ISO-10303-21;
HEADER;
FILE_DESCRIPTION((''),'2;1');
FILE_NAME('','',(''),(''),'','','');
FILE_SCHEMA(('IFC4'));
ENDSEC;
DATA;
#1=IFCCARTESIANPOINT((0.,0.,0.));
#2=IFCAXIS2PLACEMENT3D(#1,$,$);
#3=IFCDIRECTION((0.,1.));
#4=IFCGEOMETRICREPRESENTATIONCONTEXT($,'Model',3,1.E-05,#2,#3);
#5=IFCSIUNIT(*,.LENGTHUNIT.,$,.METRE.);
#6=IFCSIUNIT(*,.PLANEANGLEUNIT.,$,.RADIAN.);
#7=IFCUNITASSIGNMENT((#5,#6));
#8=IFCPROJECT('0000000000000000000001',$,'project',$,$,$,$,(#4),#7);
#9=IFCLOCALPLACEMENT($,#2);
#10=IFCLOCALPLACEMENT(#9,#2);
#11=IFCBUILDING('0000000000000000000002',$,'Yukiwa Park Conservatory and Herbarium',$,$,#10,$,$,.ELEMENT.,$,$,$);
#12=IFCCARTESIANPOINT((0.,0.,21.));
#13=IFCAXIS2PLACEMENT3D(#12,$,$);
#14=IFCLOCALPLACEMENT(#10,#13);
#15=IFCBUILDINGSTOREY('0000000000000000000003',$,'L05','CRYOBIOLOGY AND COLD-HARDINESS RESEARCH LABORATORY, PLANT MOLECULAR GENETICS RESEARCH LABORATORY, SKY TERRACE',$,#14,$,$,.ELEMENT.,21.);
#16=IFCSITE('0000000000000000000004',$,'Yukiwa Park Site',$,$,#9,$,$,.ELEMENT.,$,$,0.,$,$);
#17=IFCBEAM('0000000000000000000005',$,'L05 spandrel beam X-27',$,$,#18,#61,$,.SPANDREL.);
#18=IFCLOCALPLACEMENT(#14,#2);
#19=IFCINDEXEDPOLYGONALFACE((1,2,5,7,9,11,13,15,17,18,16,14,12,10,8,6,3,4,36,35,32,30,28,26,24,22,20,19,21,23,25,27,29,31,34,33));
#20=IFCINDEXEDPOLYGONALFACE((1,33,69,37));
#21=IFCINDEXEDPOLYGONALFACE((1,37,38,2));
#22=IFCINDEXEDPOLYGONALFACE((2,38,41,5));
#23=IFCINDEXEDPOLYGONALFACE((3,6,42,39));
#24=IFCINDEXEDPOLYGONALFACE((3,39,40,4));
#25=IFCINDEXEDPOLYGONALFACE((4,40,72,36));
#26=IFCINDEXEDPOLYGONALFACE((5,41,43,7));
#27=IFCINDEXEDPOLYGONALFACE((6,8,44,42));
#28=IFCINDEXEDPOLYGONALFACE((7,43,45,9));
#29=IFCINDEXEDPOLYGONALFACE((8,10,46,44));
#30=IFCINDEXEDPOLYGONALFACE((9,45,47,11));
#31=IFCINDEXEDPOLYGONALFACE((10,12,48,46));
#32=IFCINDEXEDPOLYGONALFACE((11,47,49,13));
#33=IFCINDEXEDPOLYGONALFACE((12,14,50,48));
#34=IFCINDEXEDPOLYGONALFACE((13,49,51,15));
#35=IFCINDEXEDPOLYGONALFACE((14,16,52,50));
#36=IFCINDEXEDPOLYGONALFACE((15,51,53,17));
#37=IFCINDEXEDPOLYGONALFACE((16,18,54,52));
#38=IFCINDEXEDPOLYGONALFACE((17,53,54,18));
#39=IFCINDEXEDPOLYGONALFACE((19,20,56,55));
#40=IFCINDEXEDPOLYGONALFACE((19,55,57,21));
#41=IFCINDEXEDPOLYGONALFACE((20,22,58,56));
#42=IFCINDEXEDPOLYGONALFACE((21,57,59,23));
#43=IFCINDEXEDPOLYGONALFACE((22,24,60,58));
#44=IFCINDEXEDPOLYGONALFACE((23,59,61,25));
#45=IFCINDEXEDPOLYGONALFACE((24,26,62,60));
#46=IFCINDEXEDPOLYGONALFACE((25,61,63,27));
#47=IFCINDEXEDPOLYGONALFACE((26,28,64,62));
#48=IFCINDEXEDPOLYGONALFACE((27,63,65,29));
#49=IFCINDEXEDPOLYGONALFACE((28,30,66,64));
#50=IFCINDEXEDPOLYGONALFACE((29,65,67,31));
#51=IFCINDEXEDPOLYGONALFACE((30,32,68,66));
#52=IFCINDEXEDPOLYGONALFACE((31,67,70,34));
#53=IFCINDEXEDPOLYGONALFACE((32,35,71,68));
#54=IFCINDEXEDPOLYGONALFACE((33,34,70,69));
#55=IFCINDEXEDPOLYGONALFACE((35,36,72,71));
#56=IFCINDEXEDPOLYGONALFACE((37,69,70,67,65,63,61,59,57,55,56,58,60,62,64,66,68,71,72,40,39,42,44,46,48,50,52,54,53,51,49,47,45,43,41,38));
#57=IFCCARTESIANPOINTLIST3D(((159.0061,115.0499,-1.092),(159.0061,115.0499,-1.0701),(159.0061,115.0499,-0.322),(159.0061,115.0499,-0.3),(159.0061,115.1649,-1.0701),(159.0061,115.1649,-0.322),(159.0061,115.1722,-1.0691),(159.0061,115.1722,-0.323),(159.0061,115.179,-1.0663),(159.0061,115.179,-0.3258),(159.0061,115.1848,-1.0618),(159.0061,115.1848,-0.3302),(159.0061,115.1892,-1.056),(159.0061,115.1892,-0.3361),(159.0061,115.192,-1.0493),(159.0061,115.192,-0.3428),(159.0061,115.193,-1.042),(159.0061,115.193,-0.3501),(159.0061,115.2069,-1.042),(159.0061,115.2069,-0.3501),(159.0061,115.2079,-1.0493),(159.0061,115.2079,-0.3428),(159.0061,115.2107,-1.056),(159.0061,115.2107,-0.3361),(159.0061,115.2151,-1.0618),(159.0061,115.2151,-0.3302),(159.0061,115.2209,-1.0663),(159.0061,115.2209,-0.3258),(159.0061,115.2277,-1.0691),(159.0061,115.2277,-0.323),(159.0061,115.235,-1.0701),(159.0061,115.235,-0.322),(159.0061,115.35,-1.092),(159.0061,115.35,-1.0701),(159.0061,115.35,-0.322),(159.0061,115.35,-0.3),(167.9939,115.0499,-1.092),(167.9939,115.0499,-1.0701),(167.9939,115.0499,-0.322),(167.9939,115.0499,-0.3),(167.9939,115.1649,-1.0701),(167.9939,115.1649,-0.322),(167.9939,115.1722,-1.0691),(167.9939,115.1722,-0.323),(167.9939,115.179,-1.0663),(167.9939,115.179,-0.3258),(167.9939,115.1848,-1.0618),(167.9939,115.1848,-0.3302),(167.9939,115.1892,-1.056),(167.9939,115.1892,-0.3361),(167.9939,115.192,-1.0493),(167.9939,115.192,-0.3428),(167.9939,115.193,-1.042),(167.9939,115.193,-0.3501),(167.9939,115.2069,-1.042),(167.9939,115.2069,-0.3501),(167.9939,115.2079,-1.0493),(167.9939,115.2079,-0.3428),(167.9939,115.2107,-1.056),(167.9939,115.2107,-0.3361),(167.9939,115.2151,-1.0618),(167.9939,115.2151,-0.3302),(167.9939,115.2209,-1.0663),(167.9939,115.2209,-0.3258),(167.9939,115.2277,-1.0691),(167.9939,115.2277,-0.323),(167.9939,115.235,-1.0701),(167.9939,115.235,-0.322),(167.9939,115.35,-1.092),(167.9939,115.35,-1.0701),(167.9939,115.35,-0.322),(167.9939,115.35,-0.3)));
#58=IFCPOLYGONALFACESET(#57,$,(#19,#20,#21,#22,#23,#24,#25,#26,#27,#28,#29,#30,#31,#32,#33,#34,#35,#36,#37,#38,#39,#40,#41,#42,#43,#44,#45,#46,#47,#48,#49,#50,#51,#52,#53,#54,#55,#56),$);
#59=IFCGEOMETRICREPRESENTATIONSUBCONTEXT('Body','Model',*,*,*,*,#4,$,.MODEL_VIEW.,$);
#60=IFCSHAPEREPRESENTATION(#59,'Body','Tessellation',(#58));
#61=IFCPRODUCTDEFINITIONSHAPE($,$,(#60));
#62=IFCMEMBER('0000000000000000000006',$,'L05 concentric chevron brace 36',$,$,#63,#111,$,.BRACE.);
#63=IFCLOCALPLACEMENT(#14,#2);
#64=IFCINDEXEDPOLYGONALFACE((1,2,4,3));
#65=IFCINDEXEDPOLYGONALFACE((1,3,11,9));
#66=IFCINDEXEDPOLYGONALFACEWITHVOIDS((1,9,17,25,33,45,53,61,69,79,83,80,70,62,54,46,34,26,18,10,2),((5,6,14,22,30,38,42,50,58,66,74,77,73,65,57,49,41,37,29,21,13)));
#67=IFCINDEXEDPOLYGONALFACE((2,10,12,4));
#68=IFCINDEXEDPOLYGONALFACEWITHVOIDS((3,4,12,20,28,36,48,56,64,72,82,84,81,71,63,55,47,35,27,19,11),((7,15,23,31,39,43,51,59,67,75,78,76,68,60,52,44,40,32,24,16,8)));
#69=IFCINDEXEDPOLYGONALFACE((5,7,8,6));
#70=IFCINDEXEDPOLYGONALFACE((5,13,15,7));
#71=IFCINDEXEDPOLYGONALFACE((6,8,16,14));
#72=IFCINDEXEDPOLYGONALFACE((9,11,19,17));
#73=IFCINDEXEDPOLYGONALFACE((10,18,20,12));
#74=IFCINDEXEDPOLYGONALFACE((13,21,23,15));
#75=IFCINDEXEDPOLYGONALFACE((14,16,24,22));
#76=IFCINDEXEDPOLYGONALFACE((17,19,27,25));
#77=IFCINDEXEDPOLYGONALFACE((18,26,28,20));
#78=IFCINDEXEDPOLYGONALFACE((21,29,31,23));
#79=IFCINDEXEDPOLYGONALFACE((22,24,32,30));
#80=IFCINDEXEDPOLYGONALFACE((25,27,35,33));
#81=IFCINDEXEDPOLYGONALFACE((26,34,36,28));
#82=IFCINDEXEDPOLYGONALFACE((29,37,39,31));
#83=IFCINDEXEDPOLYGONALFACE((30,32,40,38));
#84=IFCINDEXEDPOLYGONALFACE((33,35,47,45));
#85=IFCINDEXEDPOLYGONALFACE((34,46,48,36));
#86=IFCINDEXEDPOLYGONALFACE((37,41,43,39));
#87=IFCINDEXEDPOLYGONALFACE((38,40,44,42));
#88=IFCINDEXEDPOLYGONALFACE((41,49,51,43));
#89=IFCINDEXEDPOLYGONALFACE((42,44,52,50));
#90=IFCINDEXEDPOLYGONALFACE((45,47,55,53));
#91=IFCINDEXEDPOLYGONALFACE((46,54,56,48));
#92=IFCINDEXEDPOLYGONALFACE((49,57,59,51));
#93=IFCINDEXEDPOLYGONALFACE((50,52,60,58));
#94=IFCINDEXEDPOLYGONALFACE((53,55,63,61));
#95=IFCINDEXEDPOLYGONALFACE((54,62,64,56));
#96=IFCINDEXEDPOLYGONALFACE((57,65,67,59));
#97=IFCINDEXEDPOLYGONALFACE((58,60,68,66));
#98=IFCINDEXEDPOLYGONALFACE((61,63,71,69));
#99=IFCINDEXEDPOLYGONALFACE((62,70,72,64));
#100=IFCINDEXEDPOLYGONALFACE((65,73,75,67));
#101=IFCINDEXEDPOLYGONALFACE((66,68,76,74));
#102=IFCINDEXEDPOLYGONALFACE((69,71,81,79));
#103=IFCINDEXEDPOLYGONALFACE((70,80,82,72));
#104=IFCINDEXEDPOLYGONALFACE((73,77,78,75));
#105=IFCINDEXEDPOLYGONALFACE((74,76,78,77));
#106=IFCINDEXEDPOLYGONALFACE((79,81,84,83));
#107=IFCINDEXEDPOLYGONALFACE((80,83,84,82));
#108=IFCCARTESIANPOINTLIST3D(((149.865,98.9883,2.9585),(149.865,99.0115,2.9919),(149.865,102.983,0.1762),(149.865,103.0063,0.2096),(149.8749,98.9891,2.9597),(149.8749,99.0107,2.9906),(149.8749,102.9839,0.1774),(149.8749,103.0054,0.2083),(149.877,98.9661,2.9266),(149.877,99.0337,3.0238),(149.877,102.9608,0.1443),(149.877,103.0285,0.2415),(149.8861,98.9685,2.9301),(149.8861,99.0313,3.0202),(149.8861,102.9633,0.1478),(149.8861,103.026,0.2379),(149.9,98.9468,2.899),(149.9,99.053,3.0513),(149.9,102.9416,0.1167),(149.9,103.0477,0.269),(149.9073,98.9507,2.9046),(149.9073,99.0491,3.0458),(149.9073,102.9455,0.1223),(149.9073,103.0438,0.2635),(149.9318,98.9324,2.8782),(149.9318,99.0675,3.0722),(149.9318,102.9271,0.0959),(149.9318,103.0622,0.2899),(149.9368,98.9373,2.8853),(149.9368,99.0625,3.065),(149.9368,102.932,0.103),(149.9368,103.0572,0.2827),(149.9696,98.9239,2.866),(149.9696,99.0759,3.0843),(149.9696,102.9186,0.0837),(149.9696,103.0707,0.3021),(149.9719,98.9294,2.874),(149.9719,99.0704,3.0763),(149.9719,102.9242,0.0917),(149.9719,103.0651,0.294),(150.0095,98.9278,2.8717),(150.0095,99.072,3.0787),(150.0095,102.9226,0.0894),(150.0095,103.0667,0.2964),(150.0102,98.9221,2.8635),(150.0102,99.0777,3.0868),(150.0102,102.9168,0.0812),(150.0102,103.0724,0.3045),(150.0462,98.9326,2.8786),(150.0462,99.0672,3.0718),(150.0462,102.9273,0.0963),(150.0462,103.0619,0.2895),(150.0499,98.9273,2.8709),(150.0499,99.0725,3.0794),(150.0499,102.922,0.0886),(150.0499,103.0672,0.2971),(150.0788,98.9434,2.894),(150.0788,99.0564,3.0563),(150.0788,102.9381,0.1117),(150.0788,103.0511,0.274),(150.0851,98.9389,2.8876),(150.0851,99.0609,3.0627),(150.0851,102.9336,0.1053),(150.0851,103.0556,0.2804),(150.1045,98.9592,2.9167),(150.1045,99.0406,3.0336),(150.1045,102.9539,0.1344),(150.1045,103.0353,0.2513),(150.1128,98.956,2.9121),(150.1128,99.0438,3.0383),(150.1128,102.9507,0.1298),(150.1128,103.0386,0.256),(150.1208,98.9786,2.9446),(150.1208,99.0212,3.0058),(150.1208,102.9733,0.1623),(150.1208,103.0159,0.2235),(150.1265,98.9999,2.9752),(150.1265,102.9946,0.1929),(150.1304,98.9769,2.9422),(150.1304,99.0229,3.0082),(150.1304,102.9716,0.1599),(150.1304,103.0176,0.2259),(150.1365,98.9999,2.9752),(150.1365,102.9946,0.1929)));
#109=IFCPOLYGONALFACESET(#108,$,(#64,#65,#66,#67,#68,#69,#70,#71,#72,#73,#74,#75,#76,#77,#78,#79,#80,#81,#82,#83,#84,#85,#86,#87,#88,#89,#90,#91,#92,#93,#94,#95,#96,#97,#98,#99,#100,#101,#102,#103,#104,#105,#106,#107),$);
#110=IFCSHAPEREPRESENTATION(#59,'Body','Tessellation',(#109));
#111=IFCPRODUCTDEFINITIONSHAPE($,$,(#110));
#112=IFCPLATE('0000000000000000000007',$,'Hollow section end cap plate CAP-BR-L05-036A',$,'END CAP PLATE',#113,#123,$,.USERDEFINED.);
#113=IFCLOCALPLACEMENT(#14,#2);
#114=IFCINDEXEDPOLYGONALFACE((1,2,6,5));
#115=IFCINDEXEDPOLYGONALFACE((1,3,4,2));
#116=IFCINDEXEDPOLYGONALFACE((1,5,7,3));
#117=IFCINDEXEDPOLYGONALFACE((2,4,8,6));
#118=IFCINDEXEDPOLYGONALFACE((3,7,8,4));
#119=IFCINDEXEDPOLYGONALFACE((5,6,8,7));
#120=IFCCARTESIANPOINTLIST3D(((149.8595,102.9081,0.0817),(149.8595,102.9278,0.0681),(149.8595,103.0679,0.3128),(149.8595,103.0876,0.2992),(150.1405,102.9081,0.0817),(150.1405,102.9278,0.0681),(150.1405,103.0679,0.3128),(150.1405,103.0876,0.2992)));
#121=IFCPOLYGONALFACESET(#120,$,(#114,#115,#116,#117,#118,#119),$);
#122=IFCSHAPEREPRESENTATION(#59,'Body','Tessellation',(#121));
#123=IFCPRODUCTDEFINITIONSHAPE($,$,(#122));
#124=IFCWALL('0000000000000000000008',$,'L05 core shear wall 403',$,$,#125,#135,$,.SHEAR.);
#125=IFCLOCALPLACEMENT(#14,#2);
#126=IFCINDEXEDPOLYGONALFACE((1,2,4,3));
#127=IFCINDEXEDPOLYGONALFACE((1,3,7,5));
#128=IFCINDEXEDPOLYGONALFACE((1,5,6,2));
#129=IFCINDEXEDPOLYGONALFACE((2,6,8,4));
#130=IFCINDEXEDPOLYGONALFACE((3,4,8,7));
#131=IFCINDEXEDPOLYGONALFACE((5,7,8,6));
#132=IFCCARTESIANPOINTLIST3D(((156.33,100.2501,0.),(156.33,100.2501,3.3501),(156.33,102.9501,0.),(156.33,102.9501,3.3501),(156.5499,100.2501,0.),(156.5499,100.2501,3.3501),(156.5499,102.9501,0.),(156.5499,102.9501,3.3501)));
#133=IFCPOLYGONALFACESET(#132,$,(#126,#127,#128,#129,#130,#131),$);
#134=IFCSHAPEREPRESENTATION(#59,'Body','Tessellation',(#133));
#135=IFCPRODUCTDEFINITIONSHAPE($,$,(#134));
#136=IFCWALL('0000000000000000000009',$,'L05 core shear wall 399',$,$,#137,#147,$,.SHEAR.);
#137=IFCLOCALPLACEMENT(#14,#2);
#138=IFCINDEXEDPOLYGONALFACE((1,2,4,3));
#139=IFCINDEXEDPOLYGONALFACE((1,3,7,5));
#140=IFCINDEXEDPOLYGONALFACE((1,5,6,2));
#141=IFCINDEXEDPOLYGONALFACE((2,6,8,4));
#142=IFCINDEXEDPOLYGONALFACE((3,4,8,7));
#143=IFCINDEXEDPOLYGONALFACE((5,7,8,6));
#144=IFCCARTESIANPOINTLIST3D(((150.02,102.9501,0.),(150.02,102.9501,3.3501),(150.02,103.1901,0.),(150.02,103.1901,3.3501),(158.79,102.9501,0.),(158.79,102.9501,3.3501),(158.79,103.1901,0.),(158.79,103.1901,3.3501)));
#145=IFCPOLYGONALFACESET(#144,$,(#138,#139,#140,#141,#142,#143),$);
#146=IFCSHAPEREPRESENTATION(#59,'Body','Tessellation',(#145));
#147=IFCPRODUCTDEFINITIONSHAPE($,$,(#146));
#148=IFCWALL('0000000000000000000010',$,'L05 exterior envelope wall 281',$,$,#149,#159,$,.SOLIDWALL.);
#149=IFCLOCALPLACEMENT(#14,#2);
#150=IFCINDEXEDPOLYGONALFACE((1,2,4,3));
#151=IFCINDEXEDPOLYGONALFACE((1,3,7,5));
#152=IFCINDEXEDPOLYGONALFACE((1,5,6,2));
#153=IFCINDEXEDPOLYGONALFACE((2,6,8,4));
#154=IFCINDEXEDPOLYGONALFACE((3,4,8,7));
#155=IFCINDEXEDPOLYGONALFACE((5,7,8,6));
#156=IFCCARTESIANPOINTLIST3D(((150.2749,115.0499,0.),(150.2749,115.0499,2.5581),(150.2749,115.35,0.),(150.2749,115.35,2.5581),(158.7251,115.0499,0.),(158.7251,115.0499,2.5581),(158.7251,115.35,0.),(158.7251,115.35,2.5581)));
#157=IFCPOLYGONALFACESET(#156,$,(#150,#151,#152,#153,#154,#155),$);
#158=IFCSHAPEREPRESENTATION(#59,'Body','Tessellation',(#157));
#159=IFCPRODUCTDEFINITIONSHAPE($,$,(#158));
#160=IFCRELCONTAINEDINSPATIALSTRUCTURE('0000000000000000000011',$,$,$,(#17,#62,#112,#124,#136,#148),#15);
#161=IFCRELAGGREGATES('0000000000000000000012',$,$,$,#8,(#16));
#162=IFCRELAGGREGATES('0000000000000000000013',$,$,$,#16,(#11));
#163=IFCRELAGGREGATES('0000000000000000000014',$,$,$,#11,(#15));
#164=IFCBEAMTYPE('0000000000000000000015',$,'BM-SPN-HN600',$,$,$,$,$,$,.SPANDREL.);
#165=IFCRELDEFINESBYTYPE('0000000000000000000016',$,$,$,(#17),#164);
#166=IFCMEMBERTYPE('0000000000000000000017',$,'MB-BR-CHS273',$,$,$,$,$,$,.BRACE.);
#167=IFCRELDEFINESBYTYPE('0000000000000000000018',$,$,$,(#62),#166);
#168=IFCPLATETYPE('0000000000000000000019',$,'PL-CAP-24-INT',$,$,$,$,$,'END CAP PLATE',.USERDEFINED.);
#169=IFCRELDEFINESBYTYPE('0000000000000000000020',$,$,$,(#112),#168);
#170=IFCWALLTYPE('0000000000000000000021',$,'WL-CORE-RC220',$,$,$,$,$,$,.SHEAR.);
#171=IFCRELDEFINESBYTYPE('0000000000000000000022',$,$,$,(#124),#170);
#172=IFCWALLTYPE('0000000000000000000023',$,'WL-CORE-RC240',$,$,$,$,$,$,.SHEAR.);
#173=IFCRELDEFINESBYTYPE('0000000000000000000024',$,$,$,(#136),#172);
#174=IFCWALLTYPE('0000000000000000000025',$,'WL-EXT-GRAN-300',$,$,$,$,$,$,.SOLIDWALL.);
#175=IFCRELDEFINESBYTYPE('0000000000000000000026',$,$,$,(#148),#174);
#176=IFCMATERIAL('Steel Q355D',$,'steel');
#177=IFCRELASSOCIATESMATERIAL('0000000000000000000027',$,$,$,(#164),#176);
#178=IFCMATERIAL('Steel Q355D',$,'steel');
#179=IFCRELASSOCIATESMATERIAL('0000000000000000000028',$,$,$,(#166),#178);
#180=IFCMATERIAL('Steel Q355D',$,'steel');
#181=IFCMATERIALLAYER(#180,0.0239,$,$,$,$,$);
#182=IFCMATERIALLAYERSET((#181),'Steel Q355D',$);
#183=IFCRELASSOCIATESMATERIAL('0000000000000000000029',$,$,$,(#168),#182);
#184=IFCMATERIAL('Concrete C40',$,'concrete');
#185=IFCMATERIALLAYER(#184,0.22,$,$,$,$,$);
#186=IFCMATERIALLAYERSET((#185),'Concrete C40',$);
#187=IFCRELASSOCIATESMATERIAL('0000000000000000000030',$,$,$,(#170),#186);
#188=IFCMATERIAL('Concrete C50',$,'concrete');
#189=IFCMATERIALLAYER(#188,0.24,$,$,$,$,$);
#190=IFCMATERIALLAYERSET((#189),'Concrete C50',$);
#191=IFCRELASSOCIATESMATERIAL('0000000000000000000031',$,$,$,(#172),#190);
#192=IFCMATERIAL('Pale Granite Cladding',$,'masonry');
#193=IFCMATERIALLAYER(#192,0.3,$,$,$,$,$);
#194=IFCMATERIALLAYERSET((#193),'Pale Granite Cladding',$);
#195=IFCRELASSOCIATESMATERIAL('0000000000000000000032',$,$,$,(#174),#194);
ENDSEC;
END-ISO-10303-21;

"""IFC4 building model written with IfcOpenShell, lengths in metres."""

from ifc_helpers import new_model, si_unit, direction, frame, frame_2d, origin, origin_2d, place, context, subcontext, project, spatial, rectangle, hollow_circle, i_section, extrude, material, layer, layer_set, material_profile, profile_set, type_object, element, save


model = new_model("IFC4")

# Units and contexts
model_context = context("Model", 3, precision=1e-05, world=origin(), true_north=direction((0.0, 1.0)))
body_context = subcontext(model_context, "Body", "Model", "MODEL_VIEW")
ifc_project = project(units=[si_unit("LENGTHUNIT", "METRE"), si_unit("PLANEANGLEUNIT", "RADIAN")], contexts=[model_context])

# Site, building, storey
site_placement = place(None, origin())
site = spatial("IfcSite", under=ifc_project, at=site_placement, Name="Yukiwa Park Site", CompositionType="ELEMENT", RefElevation=0.0)
building_placement = place(site_placement, origin())
building = spatial("IfcBuilding", under=site, at=building_placement, Name="Yukiwa Park Conservatory and Herbarium", CompositionType="ELEMENT")
storey_placement = place(building_placement, frame((0.0, 0.0, 21.0)))
storey = spatial("IfcBuildingStorey", under=building, at=storey_placement, Name="L05", Description="CRYOBIOLOGY AND COLD-HARDINESS RESEARCH LABORATORY, PLANT MOLECULAR GENETICS RESEARCH LABORATORY, SKY TERRACE", CompositionType="ELEMENT", Elevation=21.0)

# Beam
ifc_material_1 = material(Name="Steel Q355D", Category="steel")
ifc_material_profile_1 = material_profile(ifc_material_1, i_section(OverallWidth=0.3, OverallDepth=0.792, WebThickness=0.0139, FlangeThickness=0.022, FilletRadius=0.0281, at=origin_2d()), Name="HN 792x300x14x22")
ifc_profile_set_1 = profile_set([ifc_material_profile_1], Name="Steel Q355D")
beam_type_1 = type_object("IfcBeamType", Name="BM-SPN-HN600", PredefinedType="SPANDREL", material=ifc_profile_set_1)
for number, where, z_axis, x_axis, name in (
    (1, (159.0061, 115.2, -0.696), (1.0, 0.0, 0.0), (0.0, 1.0, 0.0), "L05 spandrel beam X-27"),
):
    element("IfcBeam", number, at=place(storey_placement, frame(where, z_axis=z_axis, x_axis=x_axis)), inside=storey, type_object=beam_type_1, Name=name, PredefinedType="SPANDREL", context=body_context, shape_type="SweptSolid", body=[
        extrude(i_section(OverallWidth=0.3, OverallDepth=0.792, WebThickness=0.0139, FlangeThickness=0.022, FilletRadius=0.0281, at=origin_2d()), origin(), (0.0, 0.0, 1.0), 8.9878),
    ])

# Member
ifc_material_2 = material(Name="Steel Q355D", Category="steel")
ifc_material_profile_2 = material_profile(ifc_material_2, hollow_circle(Radius=0.1365, WallThickness=0.01, at=origin_2d()), Name="CHS 273x10")
ifc_profile_set_2 = profile_set([ifc_material_profile_2], Name="Steel Q355D")
member_type = type_object("IfcMemberType", Name="MB-BR-CHS273", PredefinedType="BRACE", material=ifc_profile_set_2)
member_placement = place(storey_placement, frame((150.0, 102.9946, 0.1929), z_axis=(0.0, -0.820582, 0.571529), x_axis=(1.0, 0.0, 0.0)))
element("IfcMember", 2, at=member_placement, inside=storey, type_object=member_type, Name="L05 concentric chevron brace 36", PredefinedType="BRACE", context=body_context, shape_type="SweptSolid", body=[
    extrude(hollow_circle(Radius=0.1365, WallThickness=0.01, at=origin_2d()), origin(), (0.0, 0.0, 1.0), 4.8682),
])

# Plate
ifc_material_3 = material(Name="Steel Q355D", Category="steel")
ifc_layer_1 = layer(ifc_material_3, 0.0239)
ifc_layer_set_1 = layer_set([ifc_layer_1], Name="Steel Q355D")
plate_type = type_object("IfcPlateType", Name="PL-CAP-24-INT", ElementType="END CAP PLATE", PredefinedType="USERDEFINED", material=ifc_layer_set_1)
plate_placement = place(storey_placement, frame((150.0, 102.988, 0.1973), z_axis=(0.0, 0.822558, -0.568682), x_axis=(-1.0, 0.0, 0.0)))
element("IfcPlate", 3, at=plate_placement, inside=storey, type_object=plate_type, Name="Hollow section end cap plate CAP-BR-L05-036A", ObjectType="END CAP PLATE", PredefinedType="USERDEFINED", context=body_context, shape_type="SweptSolid", body=[
    extrude(rectangle(XDim=0.281, YDim=0.281, at=origin_2d()), origin(), (0.0, 0.0, 1.0), 0.0239),
])

# Wall
ifc_material_4 = material(Name="Concrete C40", Category="concrete")
ifc_layer_2 = layer(ifc_material_4, 0.22)
ifc_layer_set_2 = layer_set([ifc_layer_2], Name="Concrete C40")
wall_type_1 = type_object("IfcWallType", Name="WL-CORE-RC220", PredefinedType="SHEAR", material=ifc_layer_set_2)
wall_1_placement = place(storey_placement, frame((156.4399, 100.25, 0.0), z_axis=(0.0, 0.0, 1.0), x_axis=(0.0, 1.0, 0.0)))
element("IfcWall", 4, at=wall_1_placement, inside=storey, type_object=wall_type_1, Name="L05 core shear wall 403", PredefinedType="SHEAR", context=body_context, shape_type="SweptSolid", body=[
    extrude(rectangle(XDim=2.7, YDim=0.22, at=frame_2d((1.3501, 0.0))), origin(), (0.0, 0.0, 1.0), 3.3501),
])

# Walls
ifc_material_5 = material(Name="Concrete C50", Category="concrete")
ifc_layer_3 = layer(ifc_material_5, 0.24)
ifc_layer_set_3 = layer_set([ifc_layer_3], Name="Concrete C50")
wall_type_2 = type_object("IfcWallType", Name="WL-CORE-RC240", PredefinedType="SHEAR", material=ifc_layer_set_3)
wall_2_placement = place(storey_placement, frame((150.02, 103.0701, 0.0), z_axis=(0.0, 0.0, 1.0), x_axis=(1.0, 0.0, 0.0)))
element("IfcWall", 5, at=wall_2_placement, inside=storey, type_object=wall_type_2, Name="L05 core shear wall 399", PredefinedType="SHEAR", context=body_context, shape_type="SweptSolid", body=[
    extrude(rectangle(XDim=8.77, YDim=0.24, at=frame_2d((4.385, 0.0))), origin(), (0.0, 0.0, 1.0), 3.3501),
])
ifc_material_6 = material(Name="Pale Granite Cladding", Category="masonry")
ifc_layer_4 = layer(ifc_material_6, 0.3)
ifc_layer_set_4 = layer_set([ifc_layer_4], Name="Pale Granite Cladding")
wall_type_3 = type_object("IfcWallType", Name="WL-EXT-GRAN-300", PredefinedType="SOLIDWALL", material=ifc_layer_set_4)
wall_3_placement = place(storey_placement, frame((158.7251, 115.2, 0.0), z_axis=(0.0, 0.0, 1.0), x_axis=(-1.0, 0.0, 0.0)))
element("IfcWall", 6, at=wall_3_placement, inside=storey, type_object=wall_type_3, Name="L05 exterior envelope wall 281", PredefinedType="SOLIDWALL", context=body_context, shape_type="SweptSolid", body=[
    extrude(rectangle(XDim=8.4502, YDim=0.3, at=frame_2d((4.2251, 0.0))), origin(), (0.0, 0.0, 1.0), 2.5581),
])

save(model, "model.ifc")
